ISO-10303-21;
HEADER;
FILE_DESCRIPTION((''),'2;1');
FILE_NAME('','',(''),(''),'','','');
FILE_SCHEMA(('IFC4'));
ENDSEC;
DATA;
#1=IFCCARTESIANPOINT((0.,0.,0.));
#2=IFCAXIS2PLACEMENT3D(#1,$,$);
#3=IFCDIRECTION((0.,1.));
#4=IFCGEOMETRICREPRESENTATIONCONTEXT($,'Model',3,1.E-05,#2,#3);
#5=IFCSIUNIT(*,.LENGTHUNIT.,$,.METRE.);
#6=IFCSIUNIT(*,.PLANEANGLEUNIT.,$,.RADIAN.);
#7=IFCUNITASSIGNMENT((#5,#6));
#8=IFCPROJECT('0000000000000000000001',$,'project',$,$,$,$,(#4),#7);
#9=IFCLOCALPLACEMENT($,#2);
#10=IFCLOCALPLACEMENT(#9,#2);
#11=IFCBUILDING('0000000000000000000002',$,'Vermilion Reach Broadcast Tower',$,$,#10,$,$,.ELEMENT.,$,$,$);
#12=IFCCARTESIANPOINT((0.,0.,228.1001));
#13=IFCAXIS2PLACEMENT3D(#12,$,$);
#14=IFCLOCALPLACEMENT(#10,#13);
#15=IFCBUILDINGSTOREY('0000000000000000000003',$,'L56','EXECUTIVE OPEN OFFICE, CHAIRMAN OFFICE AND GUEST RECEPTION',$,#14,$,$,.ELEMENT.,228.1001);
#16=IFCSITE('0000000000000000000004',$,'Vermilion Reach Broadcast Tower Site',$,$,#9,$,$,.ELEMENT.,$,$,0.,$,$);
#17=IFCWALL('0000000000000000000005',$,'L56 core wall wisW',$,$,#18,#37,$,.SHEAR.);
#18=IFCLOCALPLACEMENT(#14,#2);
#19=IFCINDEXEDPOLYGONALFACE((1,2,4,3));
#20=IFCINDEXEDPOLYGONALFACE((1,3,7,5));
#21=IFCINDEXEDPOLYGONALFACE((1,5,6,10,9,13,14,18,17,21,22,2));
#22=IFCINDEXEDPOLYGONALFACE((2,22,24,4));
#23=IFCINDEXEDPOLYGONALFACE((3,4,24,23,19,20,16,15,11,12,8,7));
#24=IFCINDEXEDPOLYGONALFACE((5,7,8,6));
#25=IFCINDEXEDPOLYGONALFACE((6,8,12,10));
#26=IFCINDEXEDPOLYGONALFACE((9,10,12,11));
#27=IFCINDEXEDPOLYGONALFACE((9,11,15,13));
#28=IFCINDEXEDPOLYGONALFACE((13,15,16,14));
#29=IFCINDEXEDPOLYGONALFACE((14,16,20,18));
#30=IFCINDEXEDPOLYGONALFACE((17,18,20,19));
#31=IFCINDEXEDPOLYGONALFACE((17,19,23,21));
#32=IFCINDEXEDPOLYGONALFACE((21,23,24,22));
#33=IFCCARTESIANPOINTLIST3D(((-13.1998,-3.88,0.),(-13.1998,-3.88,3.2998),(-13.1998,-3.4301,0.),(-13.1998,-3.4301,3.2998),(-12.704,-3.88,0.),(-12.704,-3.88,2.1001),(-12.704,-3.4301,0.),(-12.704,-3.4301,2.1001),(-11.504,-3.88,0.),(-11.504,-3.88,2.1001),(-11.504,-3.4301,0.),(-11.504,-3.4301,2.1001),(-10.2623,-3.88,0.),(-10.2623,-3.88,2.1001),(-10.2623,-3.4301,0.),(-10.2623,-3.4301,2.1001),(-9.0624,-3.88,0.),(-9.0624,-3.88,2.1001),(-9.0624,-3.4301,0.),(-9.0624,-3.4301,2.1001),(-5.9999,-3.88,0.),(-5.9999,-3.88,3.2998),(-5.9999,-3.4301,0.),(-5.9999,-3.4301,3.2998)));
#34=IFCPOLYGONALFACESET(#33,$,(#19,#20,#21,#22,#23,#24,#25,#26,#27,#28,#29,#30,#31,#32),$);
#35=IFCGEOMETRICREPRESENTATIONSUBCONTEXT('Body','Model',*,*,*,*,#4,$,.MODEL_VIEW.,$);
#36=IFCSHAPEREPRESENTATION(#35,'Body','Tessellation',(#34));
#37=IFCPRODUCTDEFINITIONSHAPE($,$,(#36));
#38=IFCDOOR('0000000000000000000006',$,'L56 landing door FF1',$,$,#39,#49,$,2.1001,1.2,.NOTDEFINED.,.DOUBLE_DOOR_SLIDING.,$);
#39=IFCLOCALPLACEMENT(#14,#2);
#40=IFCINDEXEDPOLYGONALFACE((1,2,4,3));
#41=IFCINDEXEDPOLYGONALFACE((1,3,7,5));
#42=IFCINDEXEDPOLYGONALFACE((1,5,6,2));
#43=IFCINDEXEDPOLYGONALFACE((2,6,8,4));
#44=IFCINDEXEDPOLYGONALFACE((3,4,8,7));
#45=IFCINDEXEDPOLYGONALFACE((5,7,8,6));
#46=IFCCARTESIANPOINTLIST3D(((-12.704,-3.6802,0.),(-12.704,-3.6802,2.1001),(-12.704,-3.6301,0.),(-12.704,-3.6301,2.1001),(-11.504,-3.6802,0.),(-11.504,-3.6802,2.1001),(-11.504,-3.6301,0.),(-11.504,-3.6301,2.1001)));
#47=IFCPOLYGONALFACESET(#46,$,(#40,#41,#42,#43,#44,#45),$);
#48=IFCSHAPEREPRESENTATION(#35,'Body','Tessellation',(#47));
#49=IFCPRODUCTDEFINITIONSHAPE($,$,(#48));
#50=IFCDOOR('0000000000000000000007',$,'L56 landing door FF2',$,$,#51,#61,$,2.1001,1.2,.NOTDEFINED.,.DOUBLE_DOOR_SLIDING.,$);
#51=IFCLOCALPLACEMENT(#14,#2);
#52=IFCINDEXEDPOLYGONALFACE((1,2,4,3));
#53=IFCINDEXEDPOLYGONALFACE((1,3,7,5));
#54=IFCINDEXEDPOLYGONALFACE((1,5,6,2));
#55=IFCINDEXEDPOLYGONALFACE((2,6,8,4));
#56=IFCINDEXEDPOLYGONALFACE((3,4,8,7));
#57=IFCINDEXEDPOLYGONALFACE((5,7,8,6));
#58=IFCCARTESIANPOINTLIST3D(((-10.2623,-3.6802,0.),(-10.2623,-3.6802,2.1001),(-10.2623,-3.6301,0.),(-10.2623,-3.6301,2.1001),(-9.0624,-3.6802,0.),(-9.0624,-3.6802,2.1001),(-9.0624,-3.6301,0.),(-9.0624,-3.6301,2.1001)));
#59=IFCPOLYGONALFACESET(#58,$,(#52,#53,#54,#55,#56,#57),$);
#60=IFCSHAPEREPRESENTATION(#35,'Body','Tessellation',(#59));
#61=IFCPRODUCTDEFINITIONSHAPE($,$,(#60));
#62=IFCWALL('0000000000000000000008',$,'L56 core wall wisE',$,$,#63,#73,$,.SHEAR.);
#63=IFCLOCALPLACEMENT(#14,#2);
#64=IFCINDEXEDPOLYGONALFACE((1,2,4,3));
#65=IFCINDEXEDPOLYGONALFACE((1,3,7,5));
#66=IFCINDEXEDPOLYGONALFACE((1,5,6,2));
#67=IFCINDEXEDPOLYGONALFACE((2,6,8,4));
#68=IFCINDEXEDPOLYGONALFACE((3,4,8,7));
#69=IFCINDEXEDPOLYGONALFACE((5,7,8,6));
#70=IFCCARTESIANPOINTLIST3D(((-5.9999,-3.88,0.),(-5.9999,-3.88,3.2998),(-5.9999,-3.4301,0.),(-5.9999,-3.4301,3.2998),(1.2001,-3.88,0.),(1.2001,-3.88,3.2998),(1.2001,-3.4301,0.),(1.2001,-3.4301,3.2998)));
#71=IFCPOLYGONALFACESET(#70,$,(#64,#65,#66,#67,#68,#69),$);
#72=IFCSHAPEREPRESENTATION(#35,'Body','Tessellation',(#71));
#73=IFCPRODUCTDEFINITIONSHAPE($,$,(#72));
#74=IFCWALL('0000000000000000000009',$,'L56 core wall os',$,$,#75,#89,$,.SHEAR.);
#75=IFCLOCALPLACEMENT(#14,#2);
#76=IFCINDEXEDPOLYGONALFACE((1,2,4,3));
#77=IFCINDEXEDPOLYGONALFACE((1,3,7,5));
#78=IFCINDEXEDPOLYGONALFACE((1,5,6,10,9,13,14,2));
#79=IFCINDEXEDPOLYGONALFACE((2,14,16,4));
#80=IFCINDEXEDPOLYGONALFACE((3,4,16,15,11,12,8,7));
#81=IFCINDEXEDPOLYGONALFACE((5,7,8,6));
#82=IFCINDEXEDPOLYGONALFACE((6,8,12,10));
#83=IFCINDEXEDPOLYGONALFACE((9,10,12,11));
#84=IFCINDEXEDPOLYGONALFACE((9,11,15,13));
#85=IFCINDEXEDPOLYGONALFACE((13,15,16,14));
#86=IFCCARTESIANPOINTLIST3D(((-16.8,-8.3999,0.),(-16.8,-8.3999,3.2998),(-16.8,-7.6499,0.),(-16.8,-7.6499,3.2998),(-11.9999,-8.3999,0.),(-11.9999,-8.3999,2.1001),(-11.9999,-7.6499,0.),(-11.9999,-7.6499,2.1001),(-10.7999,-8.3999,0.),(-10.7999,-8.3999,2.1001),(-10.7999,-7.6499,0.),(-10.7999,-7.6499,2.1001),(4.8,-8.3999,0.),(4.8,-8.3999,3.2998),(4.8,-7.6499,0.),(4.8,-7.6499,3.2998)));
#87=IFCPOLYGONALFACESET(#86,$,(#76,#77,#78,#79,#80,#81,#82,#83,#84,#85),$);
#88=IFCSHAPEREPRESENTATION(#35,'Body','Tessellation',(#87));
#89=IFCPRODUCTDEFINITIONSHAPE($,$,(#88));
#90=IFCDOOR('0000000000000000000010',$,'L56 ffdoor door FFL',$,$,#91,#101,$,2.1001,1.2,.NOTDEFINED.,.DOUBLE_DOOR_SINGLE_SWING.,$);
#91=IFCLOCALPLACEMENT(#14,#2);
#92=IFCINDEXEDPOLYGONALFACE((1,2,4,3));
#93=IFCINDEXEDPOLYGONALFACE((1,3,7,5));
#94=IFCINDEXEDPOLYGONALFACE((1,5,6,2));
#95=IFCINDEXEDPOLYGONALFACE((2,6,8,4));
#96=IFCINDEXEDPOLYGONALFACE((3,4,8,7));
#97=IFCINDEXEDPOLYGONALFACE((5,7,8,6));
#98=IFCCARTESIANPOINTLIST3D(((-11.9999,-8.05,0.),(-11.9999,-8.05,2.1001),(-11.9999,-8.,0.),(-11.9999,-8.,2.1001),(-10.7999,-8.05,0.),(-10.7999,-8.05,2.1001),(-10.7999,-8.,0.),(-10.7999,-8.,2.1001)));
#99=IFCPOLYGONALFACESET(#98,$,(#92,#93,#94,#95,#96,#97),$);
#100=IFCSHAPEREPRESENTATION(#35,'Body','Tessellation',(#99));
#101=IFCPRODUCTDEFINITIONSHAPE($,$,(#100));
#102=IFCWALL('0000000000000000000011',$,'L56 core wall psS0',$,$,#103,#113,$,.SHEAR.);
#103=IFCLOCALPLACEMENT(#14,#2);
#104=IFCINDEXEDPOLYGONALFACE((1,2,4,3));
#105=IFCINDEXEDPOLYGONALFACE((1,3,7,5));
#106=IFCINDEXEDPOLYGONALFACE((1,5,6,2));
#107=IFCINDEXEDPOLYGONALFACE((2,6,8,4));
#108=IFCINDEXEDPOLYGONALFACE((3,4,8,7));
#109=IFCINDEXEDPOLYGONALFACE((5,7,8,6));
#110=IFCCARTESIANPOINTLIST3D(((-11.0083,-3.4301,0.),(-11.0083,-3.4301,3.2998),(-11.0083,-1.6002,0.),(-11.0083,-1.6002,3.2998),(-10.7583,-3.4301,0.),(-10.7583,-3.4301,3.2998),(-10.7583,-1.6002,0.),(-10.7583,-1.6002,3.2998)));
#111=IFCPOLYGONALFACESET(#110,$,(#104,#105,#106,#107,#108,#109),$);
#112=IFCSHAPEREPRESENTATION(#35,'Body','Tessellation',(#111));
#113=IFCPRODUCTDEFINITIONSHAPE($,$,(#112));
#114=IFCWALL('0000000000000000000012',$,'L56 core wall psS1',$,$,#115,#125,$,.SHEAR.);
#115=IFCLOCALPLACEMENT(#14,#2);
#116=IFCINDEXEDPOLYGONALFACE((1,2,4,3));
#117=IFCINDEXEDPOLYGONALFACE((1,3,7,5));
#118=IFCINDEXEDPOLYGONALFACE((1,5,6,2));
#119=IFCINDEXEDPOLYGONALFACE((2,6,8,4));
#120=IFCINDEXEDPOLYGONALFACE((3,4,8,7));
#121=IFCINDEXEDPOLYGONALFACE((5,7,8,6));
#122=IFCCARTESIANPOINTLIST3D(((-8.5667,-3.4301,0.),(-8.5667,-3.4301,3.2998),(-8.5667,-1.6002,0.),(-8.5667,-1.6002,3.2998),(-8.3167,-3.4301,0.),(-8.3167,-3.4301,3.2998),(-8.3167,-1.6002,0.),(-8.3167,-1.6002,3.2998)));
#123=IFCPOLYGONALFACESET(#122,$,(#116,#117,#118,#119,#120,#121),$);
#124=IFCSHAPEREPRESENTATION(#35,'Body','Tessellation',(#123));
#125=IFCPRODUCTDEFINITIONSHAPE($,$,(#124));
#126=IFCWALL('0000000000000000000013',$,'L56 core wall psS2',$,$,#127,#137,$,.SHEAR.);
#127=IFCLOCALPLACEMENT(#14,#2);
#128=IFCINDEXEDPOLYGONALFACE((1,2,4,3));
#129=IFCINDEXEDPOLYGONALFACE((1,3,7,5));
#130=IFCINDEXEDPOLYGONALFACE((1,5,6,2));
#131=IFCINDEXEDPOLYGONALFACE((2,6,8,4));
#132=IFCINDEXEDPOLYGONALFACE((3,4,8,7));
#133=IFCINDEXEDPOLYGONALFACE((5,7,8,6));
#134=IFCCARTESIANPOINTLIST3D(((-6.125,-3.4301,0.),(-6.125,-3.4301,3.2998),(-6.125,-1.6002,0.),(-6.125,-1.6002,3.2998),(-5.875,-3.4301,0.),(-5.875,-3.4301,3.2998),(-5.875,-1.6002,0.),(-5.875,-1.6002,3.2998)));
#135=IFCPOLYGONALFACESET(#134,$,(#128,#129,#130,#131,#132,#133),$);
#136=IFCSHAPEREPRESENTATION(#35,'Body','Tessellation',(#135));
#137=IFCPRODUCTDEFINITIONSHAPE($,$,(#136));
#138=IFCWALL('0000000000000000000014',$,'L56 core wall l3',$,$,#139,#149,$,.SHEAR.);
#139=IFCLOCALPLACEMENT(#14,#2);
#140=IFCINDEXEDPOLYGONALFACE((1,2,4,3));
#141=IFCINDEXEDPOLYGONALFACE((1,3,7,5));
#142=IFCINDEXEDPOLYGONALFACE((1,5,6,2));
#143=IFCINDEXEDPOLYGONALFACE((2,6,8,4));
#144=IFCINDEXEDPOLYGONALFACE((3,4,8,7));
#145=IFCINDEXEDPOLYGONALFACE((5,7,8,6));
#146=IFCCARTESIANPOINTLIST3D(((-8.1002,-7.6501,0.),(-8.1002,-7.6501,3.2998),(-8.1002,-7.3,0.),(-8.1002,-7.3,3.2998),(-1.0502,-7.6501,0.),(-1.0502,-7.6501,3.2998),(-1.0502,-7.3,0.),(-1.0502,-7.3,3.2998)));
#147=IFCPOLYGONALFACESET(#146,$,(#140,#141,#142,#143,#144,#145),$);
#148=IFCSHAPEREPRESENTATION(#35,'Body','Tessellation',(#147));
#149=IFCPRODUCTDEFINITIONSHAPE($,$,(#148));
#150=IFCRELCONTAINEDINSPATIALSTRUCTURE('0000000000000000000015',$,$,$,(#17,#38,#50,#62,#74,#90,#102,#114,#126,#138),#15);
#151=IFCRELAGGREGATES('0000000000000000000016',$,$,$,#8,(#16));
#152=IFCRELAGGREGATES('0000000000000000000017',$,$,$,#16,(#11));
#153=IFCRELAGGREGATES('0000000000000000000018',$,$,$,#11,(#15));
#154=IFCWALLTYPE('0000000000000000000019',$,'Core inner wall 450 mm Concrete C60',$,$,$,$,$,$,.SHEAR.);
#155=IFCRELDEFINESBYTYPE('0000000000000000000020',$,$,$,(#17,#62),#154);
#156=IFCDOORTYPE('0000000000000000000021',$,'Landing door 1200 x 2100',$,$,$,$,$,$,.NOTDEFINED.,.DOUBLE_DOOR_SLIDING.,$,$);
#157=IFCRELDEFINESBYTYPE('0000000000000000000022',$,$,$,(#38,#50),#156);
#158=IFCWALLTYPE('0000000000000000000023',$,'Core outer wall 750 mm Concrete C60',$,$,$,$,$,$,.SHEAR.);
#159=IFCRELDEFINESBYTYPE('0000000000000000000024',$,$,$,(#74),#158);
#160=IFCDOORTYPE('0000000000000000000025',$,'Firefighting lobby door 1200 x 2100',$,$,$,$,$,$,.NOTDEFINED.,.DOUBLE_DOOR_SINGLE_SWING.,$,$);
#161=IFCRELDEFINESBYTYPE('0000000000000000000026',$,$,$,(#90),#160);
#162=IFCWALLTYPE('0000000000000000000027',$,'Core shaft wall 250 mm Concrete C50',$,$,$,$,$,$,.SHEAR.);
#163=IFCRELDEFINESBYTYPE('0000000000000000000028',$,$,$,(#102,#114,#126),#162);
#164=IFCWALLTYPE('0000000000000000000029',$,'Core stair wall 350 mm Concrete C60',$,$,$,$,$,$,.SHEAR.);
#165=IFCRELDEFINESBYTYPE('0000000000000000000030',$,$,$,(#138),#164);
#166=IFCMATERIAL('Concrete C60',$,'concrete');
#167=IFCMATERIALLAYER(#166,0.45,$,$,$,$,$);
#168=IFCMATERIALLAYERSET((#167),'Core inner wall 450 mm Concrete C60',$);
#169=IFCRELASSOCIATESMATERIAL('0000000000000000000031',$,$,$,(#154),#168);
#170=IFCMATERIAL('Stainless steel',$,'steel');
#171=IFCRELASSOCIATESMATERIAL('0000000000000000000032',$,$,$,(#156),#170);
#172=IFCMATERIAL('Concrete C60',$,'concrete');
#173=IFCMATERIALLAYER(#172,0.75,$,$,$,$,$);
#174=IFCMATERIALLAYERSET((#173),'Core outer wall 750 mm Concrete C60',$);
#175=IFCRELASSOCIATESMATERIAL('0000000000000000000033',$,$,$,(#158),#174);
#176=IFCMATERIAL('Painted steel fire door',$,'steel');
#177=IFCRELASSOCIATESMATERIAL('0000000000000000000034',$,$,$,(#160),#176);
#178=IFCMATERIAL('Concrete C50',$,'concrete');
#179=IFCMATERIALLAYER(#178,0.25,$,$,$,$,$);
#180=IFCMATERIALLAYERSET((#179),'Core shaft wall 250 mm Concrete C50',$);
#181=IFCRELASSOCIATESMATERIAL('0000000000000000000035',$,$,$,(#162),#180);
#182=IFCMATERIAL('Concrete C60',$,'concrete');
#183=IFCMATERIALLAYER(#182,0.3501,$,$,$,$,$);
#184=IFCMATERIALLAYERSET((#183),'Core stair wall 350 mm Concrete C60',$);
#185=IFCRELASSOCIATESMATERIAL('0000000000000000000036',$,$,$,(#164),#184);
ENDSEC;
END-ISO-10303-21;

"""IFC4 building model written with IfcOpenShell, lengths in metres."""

from ifc_helpers import new_model, si_unit, direction, frame, frame_2d, origin, place, context, subcontext, project, spatial, rectangle, extrude, material, layer, layer_set, type_object, element, fill, save


model = new_model("IFC4")

# Units and contexts
model_context = context("Model", 3, precision=1e-05, world=origin(), true_north=direction((0.0, 1.0)))
body_context = subcontext(model_context, "Body", "Model", "MODEL_VIEW")
ifc_project = project(units=[si_unit("LENGTHUNIT", "METRE"), si_unit("PLANEANGLEUNIT", "RADIAN")], contexts=[model_context])

# Site, building, storey
site_placement = place(None, origin())
site = spatial("IfcSite", under=ifc_project, at=site_placement, Name="Vermilion Reach Broadcast Tower Site", CompositionType="ELEMENT", RefElevation=0.0)
building_placement = place(site_placement, origin())
building = spatial("IfcBuilding", under=site, at=building_placement, Name="Vermilion Reach Broadcast Tower", CompositionType="ELEMENT")
storey_placement = place(building_placement, frame((0.0, 0.0, 228.1001)))
storey = spatial("IfcBuildingStorey", under=building, at=storey_placement, Name="L56", Description="EXECUTIVE OPEN OFFICE, CHAIRMAN OFFICE AND GUEST RECEPTION", CompositionType="ELEMENT", Elevation=228.1001)

# Wall, openings, doors
ifc_material_1 = material(Name="Concrete C60", Category="concrete")
ifc_layer_1 = layer(ifc_material_1, 0.45)
ifc_layer_set_1 = layer_set([ifc_layer_1], Name="Core inner wall 450 mm Concrete C60")
wall_type_1 = type_object("IfcWallType", Name="Core inner wall 450 mm Concrete C60", PredefinedType="SHEAR", material=ifc_layer_set_1)
wall_1_placement = place(storey_placement, frame((-13.2, -3.655, 0.0), z_axis=(0.0, 0.0, 1.0), x_axis=(1.0, 0.0, 0.0)))
wall_1 = element("IfcWall", 1, at=wall_1_placement, inside=storey, type_object=wall_type_1, Name="L56 core wall wisW", PredefinedType="SHEAR", context=body_context, shape_type="SweptSolid", body=[
    extrude(rectangle(XDim=7.2, YDim=0.45, at=frame_2d((3.6001, 0.0))), origin(), (0.0, 0.0, 1.0), 3.2998),
])
opening_1_placement = place(wall_1_placement, frame((0.4958, 0.0, 0.0)))
opening_1 = element("IfcOpeningElement", 2, at=opening_1_placement, cuts=wall_1, PredefinedType="OPENING", context=body_context, shape_type="SweptSolid", body=[
    extrude(rectangle(XDim=1.2, YDim=2.1001, at=frame_2d((0.6001, 1.05))), frame((0.0, 0.2349, 0.0), z_axis=(0.0, -1.0, 0.0), x_axis=(1.0, 0.0, 0.0)), (0.0, 0.0, 1.0), 0.47),
])
opening_2_placement = place(wall_1_placement, frame((2.9375, 0.0, 0.0)))
opening_2 = element("IfcOpeningElement", 3, at=opening_2_placement, cuts=wall_1, PredefinedType="OPENING", context=body_context, shape_type="SweptSolid", body=[
    extrude(rectangle(XDim=1.2, YDim=2.1001, at=frame_2d((0.6001, 1.05))), frame((0.0, 0.2349, 0.0), z_axis=(0.0, -1.0, 0.0), x_axis=(1.0, 0.0, 0.0)), (0.0, 0.0, 1.0), 0.47),
])
ifc_material_2 = material(Name="Stainless steel", Category="steel")
door_type_1 = type_object("IfcDoorType", Name="Landing door 1200 x 2100", OperationType="DOUBLE_DOOR_SLIDING", PredefinedType="NOTDEFINED", material=ifc_material_2)
door_1_placement = place(opening_1_placement, origin())
door_1 = element("IfcDoor", 4, at=door_1_placement, inside=storey, type_object=door_type_1, Name="L56 landing door FF1", OperationType="DOUBLE_DOOR_SLIDING", OverallHeight=2.1001, OverallWidth=1.2, PredefinedType="NOTDEFINED", context=body_context, shape_type="SweptSolid", body=[
    extrude(rectangle(XDim=1.2, YDim=2.1001, at=frame_2d((0.6001, 1.05))), frame((0.0, 0.0249, 0.0), z_axis=(0.0, -1.0, 0.0), x_axis=(1.0, 0.0, 0.0)), (0.0, 0.0, 1.0), 0.05),
])
fill(opening_1, door_1)
door_2_placement = place(opening_2_placement, origin())
door_2 = element("IfcDoor", 5, at=door_2_placement, inside=storey, type_object=door_type_1, Name="L56 landing door FF2", OperationType="DOUBLE_DOOR_SLIDING", OverallHeight=2.1001, OverallWidth=1.2, PredefinedType="NOTDEFINED", context=body_context, shape_type="SweptSolid", body=[
    extrude(rectangle(XDim=1.2, YDim=2.1001, at=frame_2d((0.6001, 1.05))), frame((0.0, 0.0249, 0.0), z_axis=(0.0, -1.0, 0.0), x_axis=(1.0, 0.0, 0.0)), (0.0, 0.0, 1.0), 0.05),
])
fill(opening_2, door_2)

# Wall
wall_2_placement = place(storey_placement, frame((-6.0, -3.655, 0.0), z_axis=(0.0, 0.0, 1.0), x_axis=(1.0, 0.0, 0.0)))
element("IfcWall", 6, at=wall_2_placement, inside=storey, type_object=wall_type_1, Name="L56 core wall wisE", PredefinedType="SHEAR", context=body_context, shape_type="SweptSolid", body=[
    extrude(rectangle(XDim=7.2, YDim=0.45, at=frame_2d((3.6001, 0.0))), origin(), (0.0, 0.0, 1.0), 3.2998),
])

# Wall, opening, door
ifc_material_3 = material(Name="Concrete C60", Category="concrete")
ifc_layer_2 = layer(ifc_material_3, 0.75)
ifc_layer_set_2 = layer_set([ifc_layer_2], Name="Core outer wall 750 mm Concrete C60")
wall_type_2 = type_object("IfcWallType", Name="Core outer wall 750 mm Concrete C60", PredefinedType="SHEAR", material=ifc_layer_set_2)
wall_3_placement = place(storey_placement, frame((-16.8, -8.0249, 0.0), z_axis=(0.0, 0.0, 1.0), x_axis=(1.0, 0.0, 0.0)))
wall_3 = element("IfcWall", 7, at=wall_3_placement, inside=storey, type_object=wall_type_2, Name="L56 core wall os", PredefinedType="SHEAR", context=body_context, shape_type="SweptSolid", body=[
    extrude(rectangle(XDim=21.6001, YDim=0.75, at=frame_2d((10.8, 0.0))), origin(), (0.0, 0.0, 1.0), 3.2998),
])
opening_3_placement = place(wall_3_placement, frame((4.8, 0.0, 0.0)))
opening_3 = element("IfcOpeningElement", 8, at=opening_3_placement, cuts=wall_3, PredefinedType="OPENING", context=body_context, shape_type="SweptSolid", body=[
    extrude(rectangle(XDim=1.2, YDim=2.1001, at=frame_2d((0.6001, 1.05))), frame((0.0, 0.385, 0.0), z_axis=(0.0, -1.0, 0.0), x_axis=(1.0, 0.0, 0.0)), (0.0, 0.0, 1.0), 0.77),
])
ifc_material_4 = material(Name="Painted steel fire door", Category="steel")
door_type_2 = type_object("IfcDoorType", Name="Firefighting lobby door 1200 x 2100", OperationType="DOUBLE_DOOR_SINGLE_SWING", PredefinedType="NOTDEFINED", material=ifc_material_4)
door_3_placement = place(opening_3_placement, origin())
door_3 = element("IfcDoor", 9, at=door_3_placement, inside=storey, type_object=door_type_2, Name="L56 ffdoor door FFL", OperationType="DOUBLE_DOOR_SINGLE_SWING", OverallHeight=2.1001, OverallWidth=1.2, PredefinedType="NOTDEFINED", context=body_context, shape_type="SweptSolid", body=[
    extrude(rectangle(XDim=1.2, YDim=2.1001, at=frame_2d((0.6001, 1.05))), frame((0.0, 0.0249, 0.0), z_axis=(0.0, -1.0, 0.0), x_axis=(1.0, 0.0, 0.0)), (0.0, 0.0, 1.0), 0.05),
])
fill(opening_3, door_3)

# Walls
ifc_material_5 = material(Name="Concrete C50", Category="concrete")
ifc_layer_3 = layer(ifc_material_5, 0.25)
ifc_layer_set_3 = layer_set([ifc_layer_3], Name="Core shaft wall 250 mm Concrete C50")
wall_type_3 = type_object("IfcWallType", Name="Core shaft wall 250 mm Concrete C50", PredefinedType="SHEAR", material=ifc_layer_set_3)
for number, where, z_axis, x_axis, name in (
    (10, (-10.8833, -1.6001, 0.0), (0.0, 0.0, 1.0), (0.0, -1.0, 0.0), "L56 core wall psS0"),
    (11, (-8.4417, -1.6001, 0.0), (0.0, 0.0, 1.0), (0.0, -1.0, 0.0), "L56 core wall psS1"),
    (12, (-6.0, -1.6001, 0.0), (0.0, 0.0, 1.0), (0.0, -1.0, 0.0), "L56 core wall psS2"),
):
    element("IfcWall", number, at=place(storey_placement, frame(where, z_axis=z_axis, x_axis=x_axis)), inside=storey, type_object=wall_type_3, Name=name, PredefinedType="SHEAR", context=body_context, shape_type="SweptSolid", body=[
        extrude(rectangle(XDim=1.8298, YDim=0.25, at=frame_2d((0.915, 0.0))), origin(), (0.0, 0.0, 1.0), 3.2998),
    ])
ifc_material_6 = material(Name="Concrete C60", Category="concrete")
ifc_layer_4 = layer(ifc_material_6, 0.3501)
ifc_layer_set_4 = layer_set([ifc_layer_4], Name="Core stair wall 350 mm Concrete C60")
wall_type_4 = type_object("IfcWallType", Name="Core stair wall 350 mm Concrete C60", PredefinedType="SHEAR", material=ifc_layer_set_4)
wall_4_placement = place(storey_placement, frame((-8.1001, -7.4751, 0.0), z_axis=(0.0, 0.0, 1.0), x_axis=(1.0, 0.0, 0.0)))
element("IfcWall", 13, at=wall_4_placement, inside=storey, type_object=wall_type_4, Name="L56 core wall l3", PredefinedType="SHEAR", context=body_context, shape_type="SweptSolid", body=[
    extrude(rectangle(XDim=7.05, YDim=0.3501, at=frame_2d((3.5249, 0.0))), origin(), (0.0, 0.0, 1.0), 3.2998),
])

save(model, "model.ifc")
